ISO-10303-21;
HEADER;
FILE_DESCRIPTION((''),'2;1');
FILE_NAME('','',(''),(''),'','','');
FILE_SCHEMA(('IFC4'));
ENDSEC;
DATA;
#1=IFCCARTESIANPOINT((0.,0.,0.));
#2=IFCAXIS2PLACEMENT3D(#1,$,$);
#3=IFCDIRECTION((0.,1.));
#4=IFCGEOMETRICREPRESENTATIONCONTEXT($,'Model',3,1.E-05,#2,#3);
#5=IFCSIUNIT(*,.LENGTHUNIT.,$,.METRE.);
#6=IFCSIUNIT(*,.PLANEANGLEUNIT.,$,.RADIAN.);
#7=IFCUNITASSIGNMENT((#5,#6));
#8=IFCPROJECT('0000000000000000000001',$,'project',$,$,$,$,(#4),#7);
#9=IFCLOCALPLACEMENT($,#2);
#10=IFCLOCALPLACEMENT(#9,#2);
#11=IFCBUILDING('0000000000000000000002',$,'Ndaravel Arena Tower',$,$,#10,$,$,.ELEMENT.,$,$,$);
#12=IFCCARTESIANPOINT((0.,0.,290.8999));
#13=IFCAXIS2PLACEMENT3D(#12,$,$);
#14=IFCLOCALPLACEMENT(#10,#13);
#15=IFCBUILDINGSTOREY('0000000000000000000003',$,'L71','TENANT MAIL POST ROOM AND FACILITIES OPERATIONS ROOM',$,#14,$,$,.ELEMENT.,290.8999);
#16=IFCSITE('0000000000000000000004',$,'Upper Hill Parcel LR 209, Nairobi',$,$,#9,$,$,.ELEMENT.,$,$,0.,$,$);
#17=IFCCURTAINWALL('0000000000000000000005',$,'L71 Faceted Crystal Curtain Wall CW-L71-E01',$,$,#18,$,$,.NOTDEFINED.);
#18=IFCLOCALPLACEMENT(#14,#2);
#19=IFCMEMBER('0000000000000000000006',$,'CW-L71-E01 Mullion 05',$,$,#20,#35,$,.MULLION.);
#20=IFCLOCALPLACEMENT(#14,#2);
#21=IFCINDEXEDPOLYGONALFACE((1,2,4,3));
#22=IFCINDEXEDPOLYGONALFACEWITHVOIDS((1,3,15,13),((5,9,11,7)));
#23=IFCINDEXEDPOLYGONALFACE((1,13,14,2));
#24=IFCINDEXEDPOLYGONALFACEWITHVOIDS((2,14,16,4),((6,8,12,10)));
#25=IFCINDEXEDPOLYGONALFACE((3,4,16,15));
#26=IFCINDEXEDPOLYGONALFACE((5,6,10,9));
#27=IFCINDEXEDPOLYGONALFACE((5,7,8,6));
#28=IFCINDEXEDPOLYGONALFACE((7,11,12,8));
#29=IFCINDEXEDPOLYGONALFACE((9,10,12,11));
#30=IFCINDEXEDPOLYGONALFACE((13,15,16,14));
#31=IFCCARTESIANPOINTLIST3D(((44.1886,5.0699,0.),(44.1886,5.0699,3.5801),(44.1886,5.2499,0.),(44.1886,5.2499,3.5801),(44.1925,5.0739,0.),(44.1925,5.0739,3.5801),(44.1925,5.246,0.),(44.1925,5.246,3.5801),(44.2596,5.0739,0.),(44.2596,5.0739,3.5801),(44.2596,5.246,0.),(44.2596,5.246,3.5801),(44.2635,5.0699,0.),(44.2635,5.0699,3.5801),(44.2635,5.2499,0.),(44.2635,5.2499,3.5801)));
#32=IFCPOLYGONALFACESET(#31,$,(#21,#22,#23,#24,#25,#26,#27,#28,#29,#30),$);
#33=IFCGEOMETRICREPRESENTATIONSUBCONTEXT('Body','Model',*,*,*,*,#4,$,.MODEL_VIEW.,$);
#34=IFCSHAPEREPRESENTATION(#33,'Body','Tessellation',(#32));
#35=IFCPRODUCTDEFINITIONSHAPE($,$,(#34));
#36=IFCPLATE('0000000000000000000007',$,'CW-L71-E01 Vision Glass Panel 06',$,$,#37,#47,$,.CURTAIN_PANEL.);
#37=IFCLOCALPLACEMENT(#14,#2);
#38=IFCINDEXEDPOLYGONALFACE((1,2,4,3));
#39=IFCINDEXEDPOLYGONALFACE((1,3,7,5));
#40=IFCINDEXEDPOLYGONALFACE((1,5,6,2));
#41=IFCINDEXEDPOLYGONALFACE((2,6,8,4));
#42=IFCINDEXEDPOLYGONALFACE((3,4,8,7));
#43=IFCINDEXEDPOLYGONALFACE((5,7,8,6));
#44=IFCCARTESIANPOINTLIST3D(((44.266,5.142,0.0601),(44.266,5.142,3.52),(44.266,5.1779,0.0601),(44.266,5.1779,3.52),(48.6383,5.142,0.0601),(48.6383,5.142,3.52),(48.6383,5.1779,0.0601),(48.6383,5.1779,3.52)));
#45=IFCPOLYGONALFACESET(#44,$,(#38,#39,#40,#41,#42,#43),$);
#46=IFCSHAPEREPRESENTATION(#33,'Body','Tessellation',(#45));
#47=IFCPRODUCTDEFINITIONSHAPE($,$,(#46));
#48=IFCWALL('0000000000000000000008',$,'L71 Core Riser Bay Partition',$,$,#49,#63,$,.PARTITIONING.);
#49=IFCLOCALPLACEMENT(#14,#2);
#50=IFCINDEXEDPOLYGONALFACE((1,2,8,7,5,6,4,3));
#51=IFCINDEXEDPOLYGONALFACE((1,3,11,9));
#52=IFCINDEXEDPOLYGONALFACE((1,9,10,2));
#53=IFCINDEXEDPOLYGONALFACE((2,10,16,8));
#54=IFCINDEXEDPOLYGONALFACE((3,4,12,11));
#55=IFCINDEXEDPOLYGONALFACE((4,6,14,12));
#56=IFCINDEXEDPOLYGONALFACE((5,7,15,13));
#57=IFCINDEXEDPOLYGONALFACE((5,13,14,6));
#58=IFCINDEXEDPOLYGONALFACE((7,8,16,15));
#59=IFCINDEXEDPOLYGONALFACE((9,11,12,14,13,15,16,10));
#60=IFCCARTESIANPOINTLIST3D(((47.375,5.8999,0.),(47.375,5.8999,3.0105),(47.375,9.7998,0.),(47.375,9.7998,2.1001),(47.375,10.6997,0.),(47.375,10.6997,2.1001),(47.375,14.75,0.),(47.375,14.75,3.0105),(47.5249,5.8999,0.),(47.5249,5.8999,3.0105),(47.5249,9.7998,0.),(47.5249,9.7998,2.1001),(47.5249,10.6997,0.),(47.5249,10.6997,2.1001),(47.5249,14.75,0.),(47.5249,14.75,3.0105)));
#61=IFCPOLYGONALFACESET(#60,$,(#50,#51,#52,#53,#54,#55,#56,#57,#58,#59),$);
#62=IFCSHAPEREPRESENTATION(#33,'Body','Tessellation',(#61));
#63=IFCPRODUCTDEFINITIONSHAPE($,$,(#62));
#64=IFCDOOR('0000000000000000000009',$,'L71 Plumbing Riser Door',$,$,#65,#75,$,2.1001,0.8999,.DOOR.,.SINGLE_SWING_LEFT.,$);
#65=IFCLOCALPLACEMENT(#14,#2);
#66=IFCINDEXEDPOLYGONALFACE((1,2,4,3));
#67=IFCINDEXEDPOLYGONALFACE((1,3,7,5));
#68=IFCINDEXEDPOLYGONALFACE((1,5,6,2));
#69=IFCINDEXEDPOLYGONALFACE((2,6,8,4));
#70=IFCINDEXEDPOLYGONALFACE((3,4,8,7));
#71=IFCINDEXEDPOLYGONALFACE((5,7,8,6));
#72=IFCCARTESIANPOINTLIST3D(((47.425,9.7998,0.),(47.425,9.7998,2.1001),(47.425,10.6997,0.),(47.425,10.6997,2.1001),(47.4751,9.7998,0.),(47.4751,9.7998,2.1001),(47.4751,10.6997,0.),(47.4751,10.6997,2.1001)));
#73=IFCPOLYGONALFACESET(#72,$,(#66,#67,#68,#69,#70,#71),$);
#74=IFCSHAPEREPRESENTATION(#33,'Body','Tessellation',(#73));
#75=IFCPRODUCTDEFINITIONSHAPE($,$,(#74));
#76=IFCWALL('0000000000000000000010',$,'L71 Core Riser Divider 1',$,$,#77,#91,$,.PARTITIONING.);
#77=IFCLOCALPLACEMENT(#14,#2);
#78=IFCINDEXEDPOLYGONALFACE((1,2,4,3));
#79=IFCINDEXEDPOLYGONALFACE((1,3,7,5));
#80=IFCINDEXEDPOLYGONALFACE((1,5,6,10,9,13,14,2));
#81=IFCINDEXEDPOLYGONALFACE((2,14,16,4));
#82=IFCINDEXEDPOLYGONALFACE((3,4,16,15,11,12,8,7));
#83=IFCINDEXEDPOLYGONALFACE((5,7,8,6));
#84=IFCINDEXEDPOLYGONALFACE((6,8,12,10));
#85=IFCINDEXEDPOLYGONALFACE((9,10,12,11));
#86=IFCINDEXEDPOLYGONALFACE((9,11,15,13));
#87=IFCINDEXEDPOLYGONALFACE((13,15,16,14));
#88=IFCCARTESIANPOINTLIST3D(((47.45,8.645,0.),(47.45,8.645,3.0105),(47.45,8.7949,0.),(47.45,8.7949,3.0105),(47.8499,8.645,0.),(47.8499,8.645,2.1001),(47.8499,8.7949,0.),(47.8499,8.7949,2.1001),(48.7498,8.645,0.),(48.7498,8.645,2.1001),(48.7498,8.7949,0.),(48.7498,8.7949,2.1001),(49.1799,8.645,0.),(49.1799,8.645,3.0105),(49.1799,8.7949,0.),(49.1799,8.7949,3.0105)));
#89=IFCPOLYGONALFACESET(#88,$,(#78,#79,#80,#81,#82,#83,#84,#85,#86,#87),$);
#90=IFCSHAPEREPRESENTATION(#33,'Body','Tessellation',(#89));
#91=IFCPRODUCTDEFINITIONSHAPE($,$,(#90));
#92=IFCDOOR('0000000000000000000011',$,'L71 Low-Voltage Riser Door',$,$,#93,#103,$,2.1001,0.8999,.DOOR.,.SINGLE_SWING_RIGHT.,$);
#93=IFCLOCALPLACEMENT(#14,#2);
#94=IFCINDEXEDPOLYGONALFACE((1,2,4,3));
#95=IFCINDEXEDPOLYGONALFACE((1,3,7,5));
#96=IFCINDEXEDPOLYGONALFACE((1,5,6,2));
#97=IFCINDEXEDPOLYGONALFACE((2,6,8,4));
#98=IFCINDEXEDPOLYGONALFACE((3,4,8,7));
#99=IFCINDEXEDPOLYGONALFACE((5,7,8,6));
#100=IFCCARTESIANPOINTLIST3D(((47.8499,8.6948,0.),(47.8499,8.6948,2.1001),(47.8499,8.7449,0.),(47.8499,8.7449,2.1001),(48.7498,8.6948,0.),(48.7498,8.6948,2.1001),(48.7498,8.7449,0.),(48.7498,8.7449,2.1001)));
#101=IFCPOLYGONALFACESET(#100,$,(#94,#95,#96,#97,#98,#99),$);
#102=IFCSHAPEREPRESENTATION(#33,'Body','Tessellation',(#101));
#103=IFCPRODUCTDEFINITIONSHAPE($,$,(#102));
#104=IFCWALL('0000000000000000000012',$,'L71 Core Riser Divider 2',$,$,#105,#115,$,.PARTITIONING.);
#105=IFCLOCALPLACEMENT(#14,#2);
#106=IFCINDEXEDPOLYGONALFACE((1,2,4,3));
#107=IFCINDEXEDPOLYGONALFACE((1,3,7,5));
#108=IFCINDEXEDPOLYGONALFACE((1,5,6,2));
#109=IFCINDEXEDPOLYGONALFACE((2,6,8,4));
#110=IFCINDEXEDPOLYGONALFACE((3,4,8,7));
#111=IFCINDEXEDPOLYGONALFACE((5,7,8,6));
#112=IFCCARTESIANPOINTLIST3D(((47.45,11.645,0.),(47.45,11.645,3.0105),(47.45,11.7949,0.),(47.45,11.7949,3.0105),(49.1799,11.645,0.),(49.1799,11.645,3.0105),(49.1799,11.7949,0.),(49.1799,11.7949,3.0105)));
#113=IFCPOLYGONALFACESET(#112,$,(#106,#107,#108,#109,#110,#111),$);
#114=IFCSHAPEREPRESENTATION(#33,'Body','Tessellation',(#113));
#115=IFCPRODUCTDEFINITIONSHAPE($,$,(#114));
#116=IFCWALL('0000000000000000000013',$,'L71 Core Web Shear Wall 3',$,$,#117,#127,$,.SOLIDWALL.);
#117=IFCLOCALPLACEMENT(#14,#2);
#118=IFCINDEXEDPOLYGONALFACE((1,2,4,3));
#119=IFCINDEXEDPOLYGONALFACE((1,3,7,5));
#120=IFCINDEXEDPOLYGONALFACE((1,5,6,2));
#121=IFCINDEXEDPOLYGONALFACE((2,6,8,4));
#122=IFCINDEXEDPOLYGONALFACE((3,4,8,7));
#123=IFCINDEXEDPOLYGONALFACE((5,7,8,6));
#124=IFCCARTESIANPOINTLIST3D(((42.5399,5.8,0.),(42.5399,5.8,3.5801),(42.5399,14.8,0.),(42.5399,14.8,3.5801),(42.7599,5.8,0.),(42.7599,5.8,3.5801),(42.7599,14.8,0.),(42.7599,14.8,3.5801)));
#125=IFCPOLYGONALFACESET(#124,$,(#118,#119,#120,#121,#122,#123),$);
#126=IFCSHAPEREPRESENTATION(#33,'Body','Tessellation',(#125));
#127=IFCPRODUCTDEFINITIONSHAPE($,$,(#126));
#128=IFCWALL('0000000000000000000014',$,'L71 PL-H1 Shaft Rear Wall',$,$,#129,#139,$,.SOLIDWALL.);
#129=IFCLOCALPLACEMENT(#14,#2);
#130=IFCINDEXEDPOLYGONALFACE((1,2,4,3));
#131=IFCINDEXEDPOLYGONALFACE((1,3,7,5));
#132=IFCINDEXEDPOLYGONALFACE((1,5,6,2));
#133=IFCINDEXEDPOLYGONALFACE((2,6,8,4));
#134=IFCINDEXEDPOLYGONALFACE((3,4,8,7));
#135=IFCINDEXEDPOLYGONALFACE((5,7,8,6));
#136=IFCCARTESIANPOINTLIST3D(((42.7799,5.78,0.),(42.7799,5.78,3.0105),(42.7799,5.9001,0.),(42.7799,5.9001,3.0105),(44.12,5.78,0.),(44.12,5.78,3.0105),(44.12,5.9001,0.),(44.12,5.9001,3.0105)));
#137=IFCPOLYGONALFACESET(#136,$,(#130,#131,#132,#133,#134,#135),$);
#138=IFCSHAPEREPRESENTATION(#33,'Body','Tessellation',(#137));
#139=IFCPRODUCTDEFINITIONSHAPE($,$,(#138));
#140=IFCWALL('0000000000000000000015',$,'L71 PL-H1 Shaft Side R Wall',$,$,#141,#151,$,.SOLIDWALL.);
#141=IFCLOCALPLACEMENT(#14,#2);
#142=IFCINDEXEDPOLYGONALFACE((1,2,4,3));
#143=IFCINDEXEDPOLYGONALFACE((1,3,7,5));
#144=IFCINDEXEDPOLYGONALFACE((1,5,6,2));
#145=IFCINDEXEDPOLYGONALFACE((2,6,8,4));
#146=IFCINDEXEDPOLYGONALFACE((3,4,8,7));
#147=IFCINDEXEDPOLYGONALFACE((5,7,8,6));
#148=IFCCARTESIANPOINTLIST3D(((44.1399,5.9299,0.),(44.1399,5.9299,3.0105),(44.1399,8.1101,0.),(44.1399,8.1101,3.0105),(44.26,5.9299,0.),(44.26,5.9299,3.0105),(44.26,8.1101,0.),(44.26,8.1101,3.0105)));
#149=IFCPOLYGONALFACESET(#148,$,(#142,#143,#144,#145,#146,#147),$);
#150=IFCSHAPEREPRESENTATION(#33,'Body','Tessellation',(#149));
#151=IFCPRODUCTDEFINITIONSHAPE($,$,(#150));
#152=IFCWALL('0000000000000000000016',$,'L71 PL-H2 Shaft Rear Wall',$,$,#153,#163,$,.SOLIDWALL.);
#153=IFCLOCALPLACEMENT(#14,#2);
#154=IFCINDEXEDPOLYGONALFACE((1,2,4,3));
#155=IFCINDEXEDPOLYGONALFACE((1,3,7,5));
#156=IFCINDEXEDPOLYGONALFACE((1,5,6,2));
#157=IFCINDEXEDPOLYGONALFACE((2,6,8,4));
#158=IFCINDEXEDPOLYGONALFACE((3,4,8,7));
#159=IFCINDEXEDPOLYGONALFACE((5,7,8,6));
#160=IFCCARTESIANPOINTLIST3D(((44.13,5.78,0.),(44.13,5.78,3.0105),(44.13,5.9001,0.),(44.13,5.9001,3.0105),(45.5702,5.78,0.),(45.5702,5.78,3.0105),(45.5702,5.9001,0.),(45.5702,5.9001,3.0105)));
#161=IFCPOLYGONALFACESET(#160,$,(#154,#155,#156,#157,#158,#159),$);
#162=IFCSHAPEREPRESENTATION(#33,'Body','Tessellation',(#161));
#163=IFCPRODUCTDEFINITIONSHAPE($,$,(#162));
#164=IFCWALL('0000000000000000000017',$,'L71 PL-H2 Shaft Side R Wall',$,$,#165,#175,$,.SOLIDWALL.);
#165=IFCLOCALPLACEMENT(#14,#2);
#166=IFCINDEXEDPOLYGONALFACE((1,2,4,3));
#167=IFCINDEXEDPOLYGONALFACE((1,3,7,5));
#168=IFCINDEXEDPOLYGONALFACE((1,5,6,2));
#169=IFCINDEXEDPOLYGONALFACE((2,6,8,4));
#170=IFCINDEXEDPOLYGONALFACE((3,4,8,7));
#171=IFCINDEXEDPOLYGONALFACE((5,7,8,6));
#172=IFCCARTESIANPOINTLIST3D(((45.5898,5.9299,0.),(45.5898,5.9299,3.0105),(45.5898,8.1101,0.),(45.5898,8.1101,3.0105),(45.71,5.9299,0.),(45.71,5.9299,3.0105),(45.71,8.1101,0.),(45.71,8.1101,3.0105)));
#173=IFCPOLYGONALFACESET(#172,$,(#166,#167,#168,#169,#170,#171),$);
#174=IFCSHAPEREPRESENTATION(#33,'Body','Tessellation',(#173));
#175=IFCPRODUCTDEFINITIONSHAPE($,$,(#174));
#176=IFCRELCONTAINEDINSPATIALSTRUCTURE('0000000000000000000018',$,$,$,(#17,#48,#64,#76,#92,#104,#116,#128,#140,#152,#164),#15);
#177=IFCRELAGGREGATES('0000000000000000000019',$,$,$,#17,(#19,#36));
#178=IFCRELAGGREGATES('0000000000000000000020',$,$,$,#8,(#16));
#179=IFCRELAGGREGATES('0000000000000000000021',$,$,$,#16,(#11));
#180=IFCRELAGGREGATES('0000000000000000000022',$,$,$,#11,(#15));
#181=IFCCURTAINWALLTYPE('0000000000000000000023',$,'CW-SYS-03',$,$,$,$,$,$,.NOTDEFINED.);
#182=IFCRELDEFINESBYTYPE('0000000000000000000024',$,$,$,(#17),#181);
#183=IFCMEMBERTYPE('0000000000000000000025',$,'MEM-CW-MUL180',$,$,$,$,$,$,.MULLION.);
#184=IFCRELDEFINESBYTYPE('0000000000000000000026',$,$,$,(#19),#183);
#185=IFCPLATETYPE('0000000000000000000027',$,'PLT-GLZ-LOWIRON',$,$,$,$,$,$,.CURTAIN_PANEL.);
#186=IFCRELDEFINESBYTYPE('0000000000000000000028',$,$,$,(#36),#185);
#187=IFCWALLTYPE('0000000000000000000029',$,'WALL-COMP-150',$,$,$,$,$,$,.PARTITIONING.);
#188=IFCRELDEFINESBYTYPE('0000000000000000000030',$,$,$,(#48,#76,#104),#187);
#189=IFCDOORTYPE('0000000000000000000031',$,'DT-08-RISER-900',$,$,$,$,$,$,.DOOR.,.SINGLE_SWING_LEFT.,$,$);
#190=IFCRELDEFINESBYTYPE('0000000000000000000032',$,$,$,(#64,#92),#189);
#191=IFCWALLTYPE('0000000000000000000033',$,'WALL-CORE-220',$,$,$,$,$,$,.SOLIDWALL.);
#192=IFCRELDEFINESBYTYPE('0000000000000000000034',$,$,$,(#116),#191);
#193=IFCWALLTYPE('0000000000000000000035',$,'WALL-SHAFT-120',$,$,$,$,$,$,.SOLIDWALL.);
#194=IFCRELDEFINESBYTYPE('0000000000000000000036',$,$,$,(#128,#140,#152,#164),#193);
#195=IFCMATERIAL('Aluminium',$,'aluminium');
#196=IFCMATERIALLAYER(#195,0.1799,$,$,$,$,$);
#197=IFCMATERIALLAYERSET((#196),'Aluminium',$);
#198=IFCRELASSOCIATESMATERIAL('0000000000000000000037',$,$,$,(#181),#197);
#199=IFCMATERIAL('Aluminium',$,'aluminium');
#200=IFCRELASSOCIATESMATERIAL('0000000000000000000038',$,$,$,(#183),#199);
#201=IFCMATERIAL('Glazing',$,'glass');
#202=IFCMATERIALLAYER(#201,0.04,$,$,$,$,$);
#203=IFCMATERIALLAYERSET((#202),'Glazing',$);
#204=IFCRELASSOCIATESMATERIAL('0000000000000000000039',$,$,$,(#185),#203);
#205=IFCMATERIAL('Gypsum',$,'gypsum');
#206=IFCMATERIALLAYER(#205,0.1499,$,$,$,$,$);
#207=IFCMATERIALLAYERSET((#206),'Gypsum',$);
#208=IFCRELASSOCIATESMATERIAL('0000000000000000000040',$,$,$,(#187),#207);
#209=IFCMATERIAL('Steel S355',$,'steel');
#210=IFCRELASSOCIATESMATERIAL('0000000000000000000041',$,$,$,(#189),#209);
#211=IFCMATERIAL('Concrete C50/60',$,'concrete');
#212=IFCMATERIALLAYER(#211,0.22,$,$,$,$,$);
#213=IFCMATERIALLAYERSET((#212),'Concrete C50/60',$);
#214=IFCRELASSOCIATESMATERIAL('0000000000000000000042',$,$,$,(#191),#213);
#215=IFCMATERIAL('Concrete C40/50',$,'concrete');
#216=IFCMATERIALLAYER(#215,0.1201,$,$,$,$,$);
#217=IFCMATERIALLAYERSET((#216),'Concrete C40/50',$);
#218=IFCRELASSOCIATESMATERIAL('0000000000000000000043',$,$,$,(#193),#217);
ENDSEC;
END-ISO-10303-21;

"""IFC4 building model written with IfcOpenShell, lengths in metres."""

from ifc_helpers import new_model, si_unit, direction, frame, frame_2d, origin, origin_2d, place, context, subcontext, project, spatial, rectangle, hollow_rectangle, extrude, material, layer, layer_set, material_profile, profile_set, type_object, element, fill, aggregate, save


model = new_model("IFC4")

# Units and contexts
model_context = context("Model", 3, precision=1e-05, world=origin(), true_north=direction((0.0, 1.0)))
body_context = subcontext(model_context, "Body", "Model", "MODEL_VIEW")
ifc_project = project(units=[si_unit("LENGTHUNIT", "METRE"), si_unit("PLANEANGLEUNIT", "RADIAN")], contexts=[model_context])

# Site, building, storey
site_placement = place(None, origin())
site = spatial("IfcSite", under=ifc_project, at=site_placement, Name="Upper Hill Parcel LR 209, Nairobi", CompositionType="ELEMENT", RefElevation=0.0)
building_placement = place(site_placement, origin())
building = spatial("IfcBuilding", under=site, at=building_placement, Name="Ndaravel Arena Tower", CompositionType="ELEMENT")
storey_placement = place(building_placement, frame((0.0, 0.0, 290.8999)))
storey = spatial("IfcBuildingStorey", under=building, at=storey_placement, Name="L71", Description="TENANT MAIL POST ROOM AND FACILITIES OPERATIONS ROOM", CompositionType="ELEMENT", Elevation=290.8999)

# Curtain wall, member, plate
ifc_material_1 = material(Name="Aluminium", Category="aluminium")
ifc_layer_1 = layer(ifc_material_1, 0.1799)
ifc_layer_set_1 = layer_set([ifc_layer_1], Name="Aluminium")
curtain_wall_type = type_object("IfcCurtainWallType", Name="CW-SYS-03", PredefinedType="NOTDEFINED", material=ifc_layer_set_1)
curtain_wall_placement = place(storey_placement, origin())
curtain_wall = element("IfcCurtainWall", 1, at=curtain_wall_placement, inside=storey, type_object=curtain_wall_type, Name="L71 Faceted Crystal Curtain Wall CW-L71-E01", PredefinedType="NOTDEFINED")
ifc_material_2 = material(Name="Aluminium", Category="aluminium")
ifc_material_profile = material_profile(ifc_material_2, hollow_rectangle(XDim=0.075, YDim=0.1799, WallThickness=0.0039, at=origin_2d()), Name="CW MULLION 75x180x4")
ifc_profile_set = profile_set([ifc_material_profile], Name="Aluminium")
member_type = type_object("IfcMemberType", Name="MEM-CW-MUL180", PredefinedType="MULLION", material=ifc_profile_set)
member_placement = place(storey_placement, frame((44.2261, 5.1599, 0.0), z_axis=(0.0, 0.0, 1.0), x_axis=(1.0, 0.0, 0.0)))
member = element("IfcMember", 2, at=member_placement, type_object=member_type, Name="CW-L71-E01 Mullion 05", PredefinedType="MULLION", context=body_context, shape_type="SweptSolid", body=[
    extrude(hollow_rectangle(XDim=0.075, YDim=0.1799, WallThickness=0.0039, at=origin_2d()), origin(), (0.0, 0.0, 1.0), 3.5801),
])
ifc_material_3 = material(Name="Glazing", Category="glass")
ifc_layer_2 = layer(ifc_material_3, 0.04)
ifc_layer_set_2 = layer_set([ifc_layer_2], Name="Glazing")
plate_type = type_object("IfcPlateType", Name="PLT-GLZ-LOWIRON", PredefinedType="CURTAIN_PANEL", material=ifc_layer_set_2)
plate_placement = place(storey_placement, frame((46.4521, 5.1599, 0.0601), z_axis=(0.0, 0.0, 1.0), x_axis=(1.0, 0.0, 0.0)))
plate = element("IfcPlate", 3, at=plate_placement, type_object=plate_type, Name="CW-L71-E01 Vision Glass Panel 06", PredefinedType="CURTAIN_PANEL", context=body_context, shape_type="SweptSolid", body=[
    extrude(rectangle(XDim=4.3723, YDim=0.0359, at=origin_2d()), origin(), (0.0, 0.0, 1.0), 3.46),
])
aggregate(curtain_wall, [member, plate])

# Walls, openings, doors
ifc_material_4 = material(Name="Gypsum", Category="gypsum")
ifc_layer_3 = layer(ifc_material_4, 0.1499)
ifc_layer_set_3 = layer_set([ifc_layer_3], Name="Gypsum")
wall_type_1 = type_object("IfcWallType", Name="WALL-COMP-150", PredefinedType="PARTITIONING", material=ifc_layer_set_3)
wall_1_placement = place(storey_placement, frame((47.45, 5.8999, 0.0), z_axis=(0.0, 0.0, 1.0), x_axis=(0.0, 1.0, 0.0)))
wall_1 = element("IfcWall", 4, at=wall_1_placement, inside=storey, type_object=wall_type_1, Name="L71 Core Riser Bay Partition", PredefinedType="PARTITIONING", context=body_context, shape_type="SweptSolid", body=[
    extrude(rectangle(XDim=8.8501, YDim=0.1499, at=frame_2d((4.425, 0.0))), origin(), (0.0, 0.0, 1.0), 3.0105),
])
opening_1_placement = place(wall_1_placement, frame((3.8999, 0.0, 0.0)))
opening_1 = element("IfcOpeningElement", 5, at=opening_1_placement, cuts=wall_1, PredefinedType="OPENING", context=body_context, shape_type="SweptSolid", body=[
    extrude(rectangle(XDim=0.8999, YDim=2.1001, at=frame_2d((0.45, 1.05))), frame((0.0, 0.075, 0.0), z_axis=(0.0, -1.0, 0.0), x_axis=(1.0, 0.0, 0.0)), (0.0, 0.0, 1.0), 0.1499),
])
ifc_material_5 = material(Name="Steel S355", Category="steel")
door_type_1 = type_object("IfcDoorType", Name="DT-08-RISER-900", OperationType="SINGLE_SWING_LEFT", PredefinedType="DOOR", material=ifc_material_5)
door_1_placement = place(opening_1_placement, origin())
door_1 = element("IfcDoor", 6, at=door_1_placement, inside=storey, type_object=door_type_1, Name="L71 Plumbing Riser Door", OperationType="SINGLE_SWING_LEFT", OverallHeight=2.1001, OverallWidth=0.8999, PredefinedType="DOOR", context=body_context, shape_type="SweptSolid", body=[
    extrude(rectangle(XDim=0.8999, YDim=2.1001, at=frame_2d((0.45, 1.05))), frame((0.0, 0.0249, 0.0), z_axis=(0.0, -1.0, 0.0), x_axis=(1.0, 0.0, 0.0)), (0.0, 0.0, 1.0), 0.05),
])
fill(opening_1, door_1)
wall_2_placement = place(storey_placement, frame((47.45, 8.72, 0.0), z_axis=(0.0, 0.0, 1.0), x_axis=(1.0, 0.0, 0.0)))
wall_2 = element("IfcWall", 7, at=wall_2_placement, inside=storey, type_object=wall_type_1, Name="L71 Core Riser Divider 1", PredefinedType="PARTITIONING", context=body_context, shape_type="SweptSolid", body=[
    extrude(rectangle(XDim=1.73, YDim=0.1499, at=frame_2d((0.865, 0.0))), origin(), (0.0, 0.0, 1.0), 3.0105),
])
opening_2_placement = place(wall_2_placement, frame((0.3999, 0.0, 0.0)))
opening_2 = element("IfcOpeningElement", 8, at=opening_2_placement, cuts=wall_2, PredefinedType="OPENING", context=body_context, shape_type="SweptSolid", body=[
    extrude(rectangle(XDim=0.8999, YDim=2.1001, at=frame_2d((0.45, 1.05))), frame((0.0, 0.075, 0.0), z_axis=(0.0, -1.0, 0.0), x_axis=(1.0, 0.0, 0.0)), (0.0, 0.0, 1.0), 0.1499),
])
door_2_placement = place(opening_2_placement, origin())
door_2 = element("IfcDoor", 9, at=door_2_placement, inside=storey, type_object=door_type_1, Name="L71 Low-Voltage Riser Door", OperationType="SINGLE_SWING_RIGHT", OverallHeight=2.1001, OverallWidth=0.8999, PredefinedType="DOOR", context=body_context, shape_type="SweptSolid", body=[
    extrude(rectangle(XDim=0.8999, YDim=2.1001, at=frame_2d((0.45, 1.05))), frame((0.0, 0.0249, 0.0), z_axis=(0.0, -1.0, 0.0), x_axis=(1.0, 0.0, 0.0)), (0.0, 0.0, 1.0), 0.05),
])
fill(opening_2, door_2)

# Walls
wall_3_placement = place(storey_placement, frame((47.45, 11.72, 0.0), z_axis=(0.0, 0.0, 1.0), x_axis=(1.0, 0.0, 0.0)))
element("IfcWall", 10, at=wall_3_placement, inside=storey, type_object=wall_type_1, Name="L71 Core Riser Divider 2", PredefinedType="PARTITIONING", context=body_context, shape_type="SweptSolid", body=[
    extrude(rectangle(XDim=1.73, YDim=0.1499, at=frame_2d((0.865, 0.0))), origin(), (0.0, 0.0, 1.0), 3.0105),
])
ifc_material_6 = material(Name="Concrete C50/60", Category="concrete")
ifc_layer_4 = layer(ifc_material_6, 0.22)
ifc_layer_set_4 = layer_set([ifc_layer_4], Name="Concrete C50/60")
wall_type_2 = type_object("IfcWallType", Name="WALL-CORE-220", PredefinedType="SOLIDWALL", material=ifc_layer_set_4)
wall_4_placement = place(storey_placement, frame((42.6499, 5.8, 0.0), z_axis=(0.0, 0.0, 1.0), x_axis=(0.0, 1.0, 0.0)))
element("IfcWall", 11, at=wall_4_placement, inside=storey, type_object=wall_type_2, Name="L71 Core Web Shear Wall 3", PredefinedType="SOLIDWALL", context=body_context, shape_type="SweptSolid", body=[
    extrude(rectangle(XDim=9.0, YDim=0.22, at=frame_2d((4.5, 0.0))), origin(), (0.0, 0.0, 1.0), 3.5801),
])
ifc_material_7 = material(Name="Concrete C40/50", Category="concrete")
ifc_layer_5 = layer(ifc_material_7, 0.1201)
ifc_layer_set_5 = layer_set([ifc_layer_5], Name="Concrete C40/50")
wall_type_3 = type_object("IfcWallType", Name="WALL-SHAFT-120", PredefinedType="SOLIDWALL", material=ifc_layer_set_5)
wall_5_placement = place(storey_placement, frame((42.78, 5.8401, 0.0), z_axis=(0.0, 0.0, 1.0), x_axis=(1.0, 0.0, 0.0)))
element("IfcWall", 12, at=wall_5_placement, inside=storey, type_object=wall_type_3, Name="L71 PL-H1 Shaft Rear Wall", PredefinedType="SOLIDWALL", context=body_context, shape_type="SweptSolid", body=[
    extrude(rectangle(XDim=1.3401, YDim=0.1201, at=frame_2d((0.6699, 0.0))), origin(), (0.0, 0.0, 1.0), 3.0105),
])
wall_6_placement = place(storey_placement, frame((44.2, 5.9299, 0.0), z_axis=(0.0, 0.0, 1.0), x_axis=(0.0, 1.0, 0.0)))
element("IfcWall", 13, at=wall_6_placement, inside=storey, type_object=wall_type_3, Name="L71 PL-H1 Shaft Side R Wall", PredefinedType="SOLIDWALL", context=body_context, shape_type="SweptSolid", body=[
    extrude(rectangle(XDim=2.1802, YDim=0.1201, at=frame_2d((1.0901, 0.0))), origin(), (0.0, 0.0, 1.0), 3.0105),
])
wall_7_placement = place(storey_placement, frame((44.1299, 5.8401, 0.0), z_axis=(0.0, 0.0, 1.0), x_axis=(1.0, 0.0, 0.0)))
element("IfcWall", 14, at=wall_7_placement, inside=storey, type_object=wall_type_3, Name="L71 PL-H2 Shaft Rear Wall", PredefinedType="SOLIDWALL", context=body_context, shape_type="SweptSolid", body=[
    extrude(rectangle(XDim=1.4402, YDim=0.1201, at=frame_2d((0.7202, 0.0))), origin(), (0.0, 0.0, 1.0), 3.0105),
])
wall_8_placement = place(storey_placement, frame((45.6499, 5.9299, 0.0), z_axis=(0.0, 0.0, 1.0), x_axis=(0.0, 1.0, 0.0)))
element("IfcWall", 15, at=wall_8_placement, inside=storey, type_object=wall_type_3, Name="L71 PL-H2 Shaft Side R Wall", PredefinedType="SOLIDWALL", context=body_context, shape_type="SweptSolid", body=[
    extrude(rectangle(XDim=2.1802, YDim=0.1201, at=frame_2d((1.0901, 0.0))), origin(), (0.0, 0.0, 1.0), 3.0105),
])

save(model, "model.ifc")
